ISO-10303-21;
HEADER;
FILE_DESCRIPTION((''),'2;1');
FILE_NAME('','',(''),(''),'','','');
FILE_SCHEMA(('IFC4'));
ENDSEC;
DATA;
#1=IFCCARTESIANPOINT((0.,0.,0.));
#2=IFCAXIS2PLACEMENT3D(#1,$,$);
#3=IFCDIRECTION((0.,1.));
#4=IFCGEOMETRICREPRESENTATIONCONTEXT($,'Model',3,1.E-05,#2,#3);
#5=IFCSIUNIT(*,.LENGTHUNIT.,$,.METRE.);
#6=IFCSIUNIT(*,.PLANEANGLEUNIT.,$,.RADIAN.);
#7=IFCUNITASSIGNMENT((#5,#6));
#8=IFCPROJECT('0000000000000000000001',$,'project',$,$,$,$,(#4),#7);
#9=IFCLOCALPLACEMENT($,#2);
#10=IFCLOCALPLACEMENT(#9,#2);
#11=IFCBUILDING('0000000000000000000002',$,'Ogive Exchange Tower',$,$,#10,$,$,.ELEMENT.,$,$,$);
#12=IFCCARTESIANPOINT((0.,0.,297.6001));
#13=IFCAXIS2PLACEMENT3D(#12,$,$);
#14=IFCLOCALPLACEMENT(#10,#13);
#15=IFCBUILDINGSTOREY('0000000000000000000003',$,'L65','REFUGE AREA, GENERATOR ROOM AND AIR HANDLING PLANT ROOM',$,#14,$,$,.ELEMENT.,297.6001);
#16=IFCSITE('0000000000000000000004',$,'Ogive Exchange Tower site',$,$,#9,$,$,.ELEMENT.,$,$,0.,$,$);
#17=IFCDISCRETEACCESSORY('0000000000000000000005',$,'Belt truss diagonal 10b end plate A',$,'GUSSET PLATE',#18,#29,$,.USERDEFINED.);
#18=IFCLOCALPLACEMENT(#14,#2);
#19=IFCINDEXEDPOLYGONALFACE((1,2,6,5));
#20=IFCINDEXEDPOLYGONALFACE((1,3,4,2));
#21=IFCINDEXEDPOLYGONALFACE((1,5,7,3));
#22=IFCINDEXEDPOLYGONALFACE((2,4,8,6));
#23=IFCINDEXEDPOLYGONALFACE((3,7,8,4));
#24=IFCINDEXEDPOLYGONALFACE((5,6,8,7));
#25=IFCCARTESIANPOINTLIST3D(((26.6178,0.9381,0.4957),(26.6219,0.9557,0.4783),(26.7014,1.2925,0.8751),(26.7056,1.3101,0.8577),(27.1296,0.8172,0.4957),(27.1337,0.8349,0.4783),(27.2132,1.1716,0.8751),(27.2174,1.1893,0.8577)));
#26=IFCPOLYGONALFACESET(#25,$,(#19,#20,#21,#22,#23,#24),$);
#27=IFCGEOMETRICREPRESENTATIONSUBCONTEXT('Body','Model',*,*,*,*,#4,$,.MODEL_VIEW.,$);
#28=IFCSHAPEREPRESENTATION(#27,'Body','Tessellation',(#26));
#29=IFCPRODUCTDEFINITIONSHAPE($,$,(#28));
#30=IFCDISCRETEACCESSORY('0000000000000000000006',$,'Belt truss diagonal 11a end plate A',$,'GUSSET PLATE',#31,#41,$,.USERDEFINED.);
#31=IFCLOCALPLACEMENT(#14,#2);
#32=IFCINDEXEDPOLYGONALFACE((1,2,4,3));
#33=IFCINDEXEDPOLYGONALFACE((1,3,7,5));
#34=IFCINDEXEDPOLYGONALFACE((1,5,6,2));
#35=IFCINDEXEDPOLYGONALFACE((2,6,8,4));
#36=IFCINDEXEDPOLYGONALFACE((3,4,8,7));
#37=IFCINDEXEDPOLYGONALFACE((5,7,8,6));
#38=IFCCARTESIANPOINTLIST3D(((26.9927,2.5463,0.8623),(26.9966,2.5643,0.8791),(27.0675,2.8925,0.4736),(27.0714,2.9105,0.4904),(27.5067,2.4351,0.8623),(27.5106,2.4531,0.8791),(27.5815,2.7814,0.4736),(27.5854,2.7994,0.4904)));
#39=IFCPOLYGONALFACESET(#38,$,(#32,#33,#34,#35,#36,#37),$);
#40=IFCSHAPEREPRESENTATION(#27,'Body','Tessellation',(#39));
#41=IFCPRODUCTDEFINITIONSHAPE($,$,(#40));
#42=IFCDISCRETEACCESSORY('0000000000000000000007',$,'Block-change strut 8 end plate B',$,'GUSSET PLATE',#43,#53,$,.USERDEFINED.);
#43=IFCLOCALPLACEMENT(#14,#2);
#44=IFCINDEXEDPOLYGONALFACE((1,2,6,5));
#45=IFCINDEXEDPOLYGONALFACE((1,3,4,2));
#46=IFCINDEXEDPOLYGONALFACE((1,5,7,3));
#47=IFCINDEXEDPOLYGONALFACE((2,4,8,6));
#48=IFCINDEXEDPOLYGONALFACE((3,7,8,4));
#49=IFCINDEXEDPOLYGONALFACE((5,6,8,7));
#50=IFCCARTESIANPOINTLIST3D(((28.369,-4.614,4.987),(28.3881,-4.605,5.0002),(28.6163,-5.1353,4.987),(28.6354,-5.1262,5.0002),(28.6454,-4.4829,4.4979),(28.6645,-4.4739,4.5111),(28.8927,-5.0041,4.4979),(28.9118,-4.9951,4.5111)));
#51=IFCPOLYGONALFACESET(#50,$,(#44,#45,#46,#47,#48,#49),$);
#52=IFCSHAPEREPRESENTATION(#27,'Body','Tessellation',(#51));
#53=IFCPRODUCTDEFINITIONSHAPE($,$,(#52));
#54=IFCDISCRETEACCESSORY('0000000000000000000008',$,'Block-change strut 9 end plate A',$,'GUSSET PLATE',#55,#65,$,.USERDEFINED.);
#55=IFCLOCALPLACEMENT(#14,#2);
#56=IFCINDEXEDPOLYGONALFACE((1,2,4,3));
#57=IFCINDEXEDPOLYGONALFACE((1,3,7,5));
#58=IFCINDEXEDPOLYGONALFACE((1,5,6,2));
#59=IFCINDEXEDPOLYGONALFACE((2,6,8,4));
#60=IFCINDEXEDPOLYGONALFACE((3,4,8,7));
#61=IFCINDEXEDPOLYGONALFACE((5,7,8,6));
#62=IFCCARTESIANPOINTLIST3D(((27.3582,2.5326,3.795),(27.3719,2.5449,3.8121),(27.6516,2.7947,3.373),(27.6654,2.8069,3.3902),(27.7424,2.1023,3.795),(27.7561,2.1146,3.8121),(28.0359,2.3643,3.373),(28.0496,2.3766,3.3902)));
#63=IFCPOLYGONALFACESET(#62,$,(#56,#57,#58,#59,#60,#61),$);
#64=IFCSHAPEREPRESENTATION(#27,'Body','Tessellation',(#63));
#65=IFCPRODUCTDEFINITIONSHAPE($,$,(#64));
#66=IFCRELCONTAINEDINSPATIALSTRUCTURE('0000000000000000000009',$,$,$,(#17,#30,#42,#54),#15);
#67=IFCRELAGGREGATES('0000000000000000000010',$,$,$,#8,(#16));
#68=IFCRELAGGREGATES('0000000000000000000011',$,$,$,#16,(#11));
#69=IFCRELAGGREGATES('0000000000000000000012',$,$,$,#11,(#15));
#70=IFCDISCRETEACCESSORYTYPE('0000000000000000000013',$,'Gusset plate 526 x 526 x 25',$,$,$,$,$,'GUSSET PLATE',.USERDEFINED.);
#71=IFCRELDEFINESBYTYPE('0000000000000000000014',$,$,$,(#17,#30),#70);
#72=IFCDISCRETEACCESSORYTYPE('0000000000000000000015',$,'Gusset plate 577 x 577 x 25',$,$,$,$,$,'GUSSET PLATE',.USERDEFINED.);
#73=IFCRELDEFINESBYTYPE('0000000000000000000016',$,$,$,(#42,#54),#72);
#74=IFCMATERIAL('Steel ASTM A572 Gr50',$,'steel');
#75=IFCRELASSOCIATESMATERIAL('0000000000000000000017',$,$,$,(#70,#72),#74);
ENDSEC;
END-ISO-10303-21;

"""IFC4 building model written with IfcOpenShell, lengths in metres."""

from ifc_helpers import new_model, si_unit, direction, frame, origin, origin_2d, place, context, subcontext, project, spatial, rectangle, extrude, material, material_profile, profile_set, type_object, element, save


model = new_model("IFC4")

# Units and contexts
model_context = context("Model", 3, precision=1e-05, world=origin(), true_north=direction((0.0, 1.0)))
body_context = subcontext(model_context, "Body", "Model", "MODEL_VIEW")
ifc_project = project(units=[si_unit("LENGTHUNIT", "METRE"), si_unit("PLANEANGLEUNIT", "RADIAN")], contexts=[model_context])

# Site, building, storey
site_placement = place(None, origin())
site = spatial("IfcSite", under=ifc_project, at=site_placement, Name="Ogive Exchange Tower site", CompositionType="ELEMENT", RefElevation=0.0)
building_placement = place(site_placement, origin())
building = spatial("IfcBuilding", under=site, at=building_placement, Name="Ogive Exchange Tower", CompositionType="ELEMENT")
storey_placement = place(building_placement, frame((0.0, 0.0, 297.6001)))
storey = spatial("IfcBuildingStorey", under=building, at=storey_placement, Name="L65", Description="REFUGE AREA, GENERATOR ROOM AND AIR HANDLING PLANT ROOM", CompositionType="ELEMENT", Elevation=297.6001)

# Discrete accessories
ifc_material_1 = material(Name="Steel ASTM A572 Gr50", Category="steel")
ifc_material_profile_1 = material_profile(ifc_material_1, rectangle(XDim=0.5259, YDim=0.5259, at=origin_2d()), Name="PL 526 x 526 x 25")
ifc_profile_set_1 = profile_set([ifc_material_profile_1], Name="Steel ASTM A572 Gr50")
discrete_accessory_type_1 = type_object("IfcDiscreteAccessoryType", Name="Gusset plate 526 x 526 x 25", ElementType="GUSSET PLATE", PredefinedType="USERDEFINED", material=ifc_profile_set_1)
discrete_accessory_1_placement = place(storey_placement, frame((26.9197, 1.0725, 0.668), z_axis=(-0.165793, -0.70218, 0.692428), x_axis=(0.97324, -0.229793, 0.0)))
element("IfcDiscreteAccessory", 1, at=discrete_accessory_1_placement, inside=storey, type_object=discrete_accessory_type_1, Name="Belt truss diagonal 10b end plate A", ObjectType="GUSSET PLATE", PredefinedType="USERDEFINED", context=body_context, shape_type="SweptSolid", body=[
    extrude(rectangle(XDim=0.5259, YDim=0.5259, at=origin_2d()), origin(), (0.0, 0.0, 1.0), 0.0251),
])
discrete_accessory_2_placement = place(storey_placement, frame((27.2871, 2.6638, 0.668), z_axis=(0.156196, 0.722407, 0.673596), x_axis=(-0.977414, 0.211333, 0.0)))
element("IfcDiscreteAccessory", 2, at=discrete_accessory_2_placement, inside=storey, type_object=discrete_accessory_type_1, Name="Belt truss diagonal 11a end plate A", ObjectType="GUSSET PLATE", PredefinedType="USERDEFINED", context=body_context, shape_type="SweptSolid", body=[
    extrude(rectangle(XDim=0.5259, YDim=0.5259, at=origin_2d()), origin(), (0.0, 0.0, 1.0), 0.0249),
])
ifc_material_profile_2 = material_profile(ifc_material_1, rectangle(XDim=0.5769, YDim=0.5769, at=origin_2d()), Name="PL 577 x 577 x 25")
ifc_profile_set_2 = profile_set([ifc_material_profile_2], Name="Steel ASTM A572 Gr50")
discrete_accessory_type_2 = type_object("IfcDiscreteAccessoryType", Name="Gusset plate 577 x 577 x 25", ElementType="GUSSET PLATE", PredefinedType="USERDEFINED", material=ifc_profile_set_2)
discrete_accessory_3_placement = place(storey_placement, frame((28.6309, -4.8091, 4.7424), z_axis=(0.765995, 0.363357, 0.530305), x_axis=(-0.428584, 0.903502, 0.0)))
element("IfcDiscreteAccessory", 3, at=discrete_accessory_3_placement, inside=storey, type_object=discrete_accessory_type_2, Name="Block-change strut 8 end plate B", ObjectType="GUSSET PLATE", PredefinedType="USERDEFINED", context=body_context, shape_type="SweptSolid", body=[
    extrude(rectangle(XDim=0.5769, YDim=0.5769, at=origin_2d()), origin(), (0.0, 0.0, 1.0), 0.0249),
])
discrete_accessory_4_placement = place(storey_placement, frame((27.697, 2.4485, 3.584), z_axis=(0.54557, 0.487116, 0.681962), x_axis=(-0.666016, 0.745938, 0.0)))
element("IfcDiscreteAccessory", 4, at=discrete_accessory_4_placement, inside=storey, type_object=discrete_accessory_type_2, Name="Block-change strut 9 end plate A", ObjectType="GUSSET PLATE", PredefinedType="USERDEFINED", context=body_context, shape_type="SweptSolid", body=[
    extrude(rectangle(XDim=0.5769, YDim=0.5769, at=origin_2d()), origin(), (0.0, 0.0, 1.0), 0.0251),
])

save(model, "model.ifc")
